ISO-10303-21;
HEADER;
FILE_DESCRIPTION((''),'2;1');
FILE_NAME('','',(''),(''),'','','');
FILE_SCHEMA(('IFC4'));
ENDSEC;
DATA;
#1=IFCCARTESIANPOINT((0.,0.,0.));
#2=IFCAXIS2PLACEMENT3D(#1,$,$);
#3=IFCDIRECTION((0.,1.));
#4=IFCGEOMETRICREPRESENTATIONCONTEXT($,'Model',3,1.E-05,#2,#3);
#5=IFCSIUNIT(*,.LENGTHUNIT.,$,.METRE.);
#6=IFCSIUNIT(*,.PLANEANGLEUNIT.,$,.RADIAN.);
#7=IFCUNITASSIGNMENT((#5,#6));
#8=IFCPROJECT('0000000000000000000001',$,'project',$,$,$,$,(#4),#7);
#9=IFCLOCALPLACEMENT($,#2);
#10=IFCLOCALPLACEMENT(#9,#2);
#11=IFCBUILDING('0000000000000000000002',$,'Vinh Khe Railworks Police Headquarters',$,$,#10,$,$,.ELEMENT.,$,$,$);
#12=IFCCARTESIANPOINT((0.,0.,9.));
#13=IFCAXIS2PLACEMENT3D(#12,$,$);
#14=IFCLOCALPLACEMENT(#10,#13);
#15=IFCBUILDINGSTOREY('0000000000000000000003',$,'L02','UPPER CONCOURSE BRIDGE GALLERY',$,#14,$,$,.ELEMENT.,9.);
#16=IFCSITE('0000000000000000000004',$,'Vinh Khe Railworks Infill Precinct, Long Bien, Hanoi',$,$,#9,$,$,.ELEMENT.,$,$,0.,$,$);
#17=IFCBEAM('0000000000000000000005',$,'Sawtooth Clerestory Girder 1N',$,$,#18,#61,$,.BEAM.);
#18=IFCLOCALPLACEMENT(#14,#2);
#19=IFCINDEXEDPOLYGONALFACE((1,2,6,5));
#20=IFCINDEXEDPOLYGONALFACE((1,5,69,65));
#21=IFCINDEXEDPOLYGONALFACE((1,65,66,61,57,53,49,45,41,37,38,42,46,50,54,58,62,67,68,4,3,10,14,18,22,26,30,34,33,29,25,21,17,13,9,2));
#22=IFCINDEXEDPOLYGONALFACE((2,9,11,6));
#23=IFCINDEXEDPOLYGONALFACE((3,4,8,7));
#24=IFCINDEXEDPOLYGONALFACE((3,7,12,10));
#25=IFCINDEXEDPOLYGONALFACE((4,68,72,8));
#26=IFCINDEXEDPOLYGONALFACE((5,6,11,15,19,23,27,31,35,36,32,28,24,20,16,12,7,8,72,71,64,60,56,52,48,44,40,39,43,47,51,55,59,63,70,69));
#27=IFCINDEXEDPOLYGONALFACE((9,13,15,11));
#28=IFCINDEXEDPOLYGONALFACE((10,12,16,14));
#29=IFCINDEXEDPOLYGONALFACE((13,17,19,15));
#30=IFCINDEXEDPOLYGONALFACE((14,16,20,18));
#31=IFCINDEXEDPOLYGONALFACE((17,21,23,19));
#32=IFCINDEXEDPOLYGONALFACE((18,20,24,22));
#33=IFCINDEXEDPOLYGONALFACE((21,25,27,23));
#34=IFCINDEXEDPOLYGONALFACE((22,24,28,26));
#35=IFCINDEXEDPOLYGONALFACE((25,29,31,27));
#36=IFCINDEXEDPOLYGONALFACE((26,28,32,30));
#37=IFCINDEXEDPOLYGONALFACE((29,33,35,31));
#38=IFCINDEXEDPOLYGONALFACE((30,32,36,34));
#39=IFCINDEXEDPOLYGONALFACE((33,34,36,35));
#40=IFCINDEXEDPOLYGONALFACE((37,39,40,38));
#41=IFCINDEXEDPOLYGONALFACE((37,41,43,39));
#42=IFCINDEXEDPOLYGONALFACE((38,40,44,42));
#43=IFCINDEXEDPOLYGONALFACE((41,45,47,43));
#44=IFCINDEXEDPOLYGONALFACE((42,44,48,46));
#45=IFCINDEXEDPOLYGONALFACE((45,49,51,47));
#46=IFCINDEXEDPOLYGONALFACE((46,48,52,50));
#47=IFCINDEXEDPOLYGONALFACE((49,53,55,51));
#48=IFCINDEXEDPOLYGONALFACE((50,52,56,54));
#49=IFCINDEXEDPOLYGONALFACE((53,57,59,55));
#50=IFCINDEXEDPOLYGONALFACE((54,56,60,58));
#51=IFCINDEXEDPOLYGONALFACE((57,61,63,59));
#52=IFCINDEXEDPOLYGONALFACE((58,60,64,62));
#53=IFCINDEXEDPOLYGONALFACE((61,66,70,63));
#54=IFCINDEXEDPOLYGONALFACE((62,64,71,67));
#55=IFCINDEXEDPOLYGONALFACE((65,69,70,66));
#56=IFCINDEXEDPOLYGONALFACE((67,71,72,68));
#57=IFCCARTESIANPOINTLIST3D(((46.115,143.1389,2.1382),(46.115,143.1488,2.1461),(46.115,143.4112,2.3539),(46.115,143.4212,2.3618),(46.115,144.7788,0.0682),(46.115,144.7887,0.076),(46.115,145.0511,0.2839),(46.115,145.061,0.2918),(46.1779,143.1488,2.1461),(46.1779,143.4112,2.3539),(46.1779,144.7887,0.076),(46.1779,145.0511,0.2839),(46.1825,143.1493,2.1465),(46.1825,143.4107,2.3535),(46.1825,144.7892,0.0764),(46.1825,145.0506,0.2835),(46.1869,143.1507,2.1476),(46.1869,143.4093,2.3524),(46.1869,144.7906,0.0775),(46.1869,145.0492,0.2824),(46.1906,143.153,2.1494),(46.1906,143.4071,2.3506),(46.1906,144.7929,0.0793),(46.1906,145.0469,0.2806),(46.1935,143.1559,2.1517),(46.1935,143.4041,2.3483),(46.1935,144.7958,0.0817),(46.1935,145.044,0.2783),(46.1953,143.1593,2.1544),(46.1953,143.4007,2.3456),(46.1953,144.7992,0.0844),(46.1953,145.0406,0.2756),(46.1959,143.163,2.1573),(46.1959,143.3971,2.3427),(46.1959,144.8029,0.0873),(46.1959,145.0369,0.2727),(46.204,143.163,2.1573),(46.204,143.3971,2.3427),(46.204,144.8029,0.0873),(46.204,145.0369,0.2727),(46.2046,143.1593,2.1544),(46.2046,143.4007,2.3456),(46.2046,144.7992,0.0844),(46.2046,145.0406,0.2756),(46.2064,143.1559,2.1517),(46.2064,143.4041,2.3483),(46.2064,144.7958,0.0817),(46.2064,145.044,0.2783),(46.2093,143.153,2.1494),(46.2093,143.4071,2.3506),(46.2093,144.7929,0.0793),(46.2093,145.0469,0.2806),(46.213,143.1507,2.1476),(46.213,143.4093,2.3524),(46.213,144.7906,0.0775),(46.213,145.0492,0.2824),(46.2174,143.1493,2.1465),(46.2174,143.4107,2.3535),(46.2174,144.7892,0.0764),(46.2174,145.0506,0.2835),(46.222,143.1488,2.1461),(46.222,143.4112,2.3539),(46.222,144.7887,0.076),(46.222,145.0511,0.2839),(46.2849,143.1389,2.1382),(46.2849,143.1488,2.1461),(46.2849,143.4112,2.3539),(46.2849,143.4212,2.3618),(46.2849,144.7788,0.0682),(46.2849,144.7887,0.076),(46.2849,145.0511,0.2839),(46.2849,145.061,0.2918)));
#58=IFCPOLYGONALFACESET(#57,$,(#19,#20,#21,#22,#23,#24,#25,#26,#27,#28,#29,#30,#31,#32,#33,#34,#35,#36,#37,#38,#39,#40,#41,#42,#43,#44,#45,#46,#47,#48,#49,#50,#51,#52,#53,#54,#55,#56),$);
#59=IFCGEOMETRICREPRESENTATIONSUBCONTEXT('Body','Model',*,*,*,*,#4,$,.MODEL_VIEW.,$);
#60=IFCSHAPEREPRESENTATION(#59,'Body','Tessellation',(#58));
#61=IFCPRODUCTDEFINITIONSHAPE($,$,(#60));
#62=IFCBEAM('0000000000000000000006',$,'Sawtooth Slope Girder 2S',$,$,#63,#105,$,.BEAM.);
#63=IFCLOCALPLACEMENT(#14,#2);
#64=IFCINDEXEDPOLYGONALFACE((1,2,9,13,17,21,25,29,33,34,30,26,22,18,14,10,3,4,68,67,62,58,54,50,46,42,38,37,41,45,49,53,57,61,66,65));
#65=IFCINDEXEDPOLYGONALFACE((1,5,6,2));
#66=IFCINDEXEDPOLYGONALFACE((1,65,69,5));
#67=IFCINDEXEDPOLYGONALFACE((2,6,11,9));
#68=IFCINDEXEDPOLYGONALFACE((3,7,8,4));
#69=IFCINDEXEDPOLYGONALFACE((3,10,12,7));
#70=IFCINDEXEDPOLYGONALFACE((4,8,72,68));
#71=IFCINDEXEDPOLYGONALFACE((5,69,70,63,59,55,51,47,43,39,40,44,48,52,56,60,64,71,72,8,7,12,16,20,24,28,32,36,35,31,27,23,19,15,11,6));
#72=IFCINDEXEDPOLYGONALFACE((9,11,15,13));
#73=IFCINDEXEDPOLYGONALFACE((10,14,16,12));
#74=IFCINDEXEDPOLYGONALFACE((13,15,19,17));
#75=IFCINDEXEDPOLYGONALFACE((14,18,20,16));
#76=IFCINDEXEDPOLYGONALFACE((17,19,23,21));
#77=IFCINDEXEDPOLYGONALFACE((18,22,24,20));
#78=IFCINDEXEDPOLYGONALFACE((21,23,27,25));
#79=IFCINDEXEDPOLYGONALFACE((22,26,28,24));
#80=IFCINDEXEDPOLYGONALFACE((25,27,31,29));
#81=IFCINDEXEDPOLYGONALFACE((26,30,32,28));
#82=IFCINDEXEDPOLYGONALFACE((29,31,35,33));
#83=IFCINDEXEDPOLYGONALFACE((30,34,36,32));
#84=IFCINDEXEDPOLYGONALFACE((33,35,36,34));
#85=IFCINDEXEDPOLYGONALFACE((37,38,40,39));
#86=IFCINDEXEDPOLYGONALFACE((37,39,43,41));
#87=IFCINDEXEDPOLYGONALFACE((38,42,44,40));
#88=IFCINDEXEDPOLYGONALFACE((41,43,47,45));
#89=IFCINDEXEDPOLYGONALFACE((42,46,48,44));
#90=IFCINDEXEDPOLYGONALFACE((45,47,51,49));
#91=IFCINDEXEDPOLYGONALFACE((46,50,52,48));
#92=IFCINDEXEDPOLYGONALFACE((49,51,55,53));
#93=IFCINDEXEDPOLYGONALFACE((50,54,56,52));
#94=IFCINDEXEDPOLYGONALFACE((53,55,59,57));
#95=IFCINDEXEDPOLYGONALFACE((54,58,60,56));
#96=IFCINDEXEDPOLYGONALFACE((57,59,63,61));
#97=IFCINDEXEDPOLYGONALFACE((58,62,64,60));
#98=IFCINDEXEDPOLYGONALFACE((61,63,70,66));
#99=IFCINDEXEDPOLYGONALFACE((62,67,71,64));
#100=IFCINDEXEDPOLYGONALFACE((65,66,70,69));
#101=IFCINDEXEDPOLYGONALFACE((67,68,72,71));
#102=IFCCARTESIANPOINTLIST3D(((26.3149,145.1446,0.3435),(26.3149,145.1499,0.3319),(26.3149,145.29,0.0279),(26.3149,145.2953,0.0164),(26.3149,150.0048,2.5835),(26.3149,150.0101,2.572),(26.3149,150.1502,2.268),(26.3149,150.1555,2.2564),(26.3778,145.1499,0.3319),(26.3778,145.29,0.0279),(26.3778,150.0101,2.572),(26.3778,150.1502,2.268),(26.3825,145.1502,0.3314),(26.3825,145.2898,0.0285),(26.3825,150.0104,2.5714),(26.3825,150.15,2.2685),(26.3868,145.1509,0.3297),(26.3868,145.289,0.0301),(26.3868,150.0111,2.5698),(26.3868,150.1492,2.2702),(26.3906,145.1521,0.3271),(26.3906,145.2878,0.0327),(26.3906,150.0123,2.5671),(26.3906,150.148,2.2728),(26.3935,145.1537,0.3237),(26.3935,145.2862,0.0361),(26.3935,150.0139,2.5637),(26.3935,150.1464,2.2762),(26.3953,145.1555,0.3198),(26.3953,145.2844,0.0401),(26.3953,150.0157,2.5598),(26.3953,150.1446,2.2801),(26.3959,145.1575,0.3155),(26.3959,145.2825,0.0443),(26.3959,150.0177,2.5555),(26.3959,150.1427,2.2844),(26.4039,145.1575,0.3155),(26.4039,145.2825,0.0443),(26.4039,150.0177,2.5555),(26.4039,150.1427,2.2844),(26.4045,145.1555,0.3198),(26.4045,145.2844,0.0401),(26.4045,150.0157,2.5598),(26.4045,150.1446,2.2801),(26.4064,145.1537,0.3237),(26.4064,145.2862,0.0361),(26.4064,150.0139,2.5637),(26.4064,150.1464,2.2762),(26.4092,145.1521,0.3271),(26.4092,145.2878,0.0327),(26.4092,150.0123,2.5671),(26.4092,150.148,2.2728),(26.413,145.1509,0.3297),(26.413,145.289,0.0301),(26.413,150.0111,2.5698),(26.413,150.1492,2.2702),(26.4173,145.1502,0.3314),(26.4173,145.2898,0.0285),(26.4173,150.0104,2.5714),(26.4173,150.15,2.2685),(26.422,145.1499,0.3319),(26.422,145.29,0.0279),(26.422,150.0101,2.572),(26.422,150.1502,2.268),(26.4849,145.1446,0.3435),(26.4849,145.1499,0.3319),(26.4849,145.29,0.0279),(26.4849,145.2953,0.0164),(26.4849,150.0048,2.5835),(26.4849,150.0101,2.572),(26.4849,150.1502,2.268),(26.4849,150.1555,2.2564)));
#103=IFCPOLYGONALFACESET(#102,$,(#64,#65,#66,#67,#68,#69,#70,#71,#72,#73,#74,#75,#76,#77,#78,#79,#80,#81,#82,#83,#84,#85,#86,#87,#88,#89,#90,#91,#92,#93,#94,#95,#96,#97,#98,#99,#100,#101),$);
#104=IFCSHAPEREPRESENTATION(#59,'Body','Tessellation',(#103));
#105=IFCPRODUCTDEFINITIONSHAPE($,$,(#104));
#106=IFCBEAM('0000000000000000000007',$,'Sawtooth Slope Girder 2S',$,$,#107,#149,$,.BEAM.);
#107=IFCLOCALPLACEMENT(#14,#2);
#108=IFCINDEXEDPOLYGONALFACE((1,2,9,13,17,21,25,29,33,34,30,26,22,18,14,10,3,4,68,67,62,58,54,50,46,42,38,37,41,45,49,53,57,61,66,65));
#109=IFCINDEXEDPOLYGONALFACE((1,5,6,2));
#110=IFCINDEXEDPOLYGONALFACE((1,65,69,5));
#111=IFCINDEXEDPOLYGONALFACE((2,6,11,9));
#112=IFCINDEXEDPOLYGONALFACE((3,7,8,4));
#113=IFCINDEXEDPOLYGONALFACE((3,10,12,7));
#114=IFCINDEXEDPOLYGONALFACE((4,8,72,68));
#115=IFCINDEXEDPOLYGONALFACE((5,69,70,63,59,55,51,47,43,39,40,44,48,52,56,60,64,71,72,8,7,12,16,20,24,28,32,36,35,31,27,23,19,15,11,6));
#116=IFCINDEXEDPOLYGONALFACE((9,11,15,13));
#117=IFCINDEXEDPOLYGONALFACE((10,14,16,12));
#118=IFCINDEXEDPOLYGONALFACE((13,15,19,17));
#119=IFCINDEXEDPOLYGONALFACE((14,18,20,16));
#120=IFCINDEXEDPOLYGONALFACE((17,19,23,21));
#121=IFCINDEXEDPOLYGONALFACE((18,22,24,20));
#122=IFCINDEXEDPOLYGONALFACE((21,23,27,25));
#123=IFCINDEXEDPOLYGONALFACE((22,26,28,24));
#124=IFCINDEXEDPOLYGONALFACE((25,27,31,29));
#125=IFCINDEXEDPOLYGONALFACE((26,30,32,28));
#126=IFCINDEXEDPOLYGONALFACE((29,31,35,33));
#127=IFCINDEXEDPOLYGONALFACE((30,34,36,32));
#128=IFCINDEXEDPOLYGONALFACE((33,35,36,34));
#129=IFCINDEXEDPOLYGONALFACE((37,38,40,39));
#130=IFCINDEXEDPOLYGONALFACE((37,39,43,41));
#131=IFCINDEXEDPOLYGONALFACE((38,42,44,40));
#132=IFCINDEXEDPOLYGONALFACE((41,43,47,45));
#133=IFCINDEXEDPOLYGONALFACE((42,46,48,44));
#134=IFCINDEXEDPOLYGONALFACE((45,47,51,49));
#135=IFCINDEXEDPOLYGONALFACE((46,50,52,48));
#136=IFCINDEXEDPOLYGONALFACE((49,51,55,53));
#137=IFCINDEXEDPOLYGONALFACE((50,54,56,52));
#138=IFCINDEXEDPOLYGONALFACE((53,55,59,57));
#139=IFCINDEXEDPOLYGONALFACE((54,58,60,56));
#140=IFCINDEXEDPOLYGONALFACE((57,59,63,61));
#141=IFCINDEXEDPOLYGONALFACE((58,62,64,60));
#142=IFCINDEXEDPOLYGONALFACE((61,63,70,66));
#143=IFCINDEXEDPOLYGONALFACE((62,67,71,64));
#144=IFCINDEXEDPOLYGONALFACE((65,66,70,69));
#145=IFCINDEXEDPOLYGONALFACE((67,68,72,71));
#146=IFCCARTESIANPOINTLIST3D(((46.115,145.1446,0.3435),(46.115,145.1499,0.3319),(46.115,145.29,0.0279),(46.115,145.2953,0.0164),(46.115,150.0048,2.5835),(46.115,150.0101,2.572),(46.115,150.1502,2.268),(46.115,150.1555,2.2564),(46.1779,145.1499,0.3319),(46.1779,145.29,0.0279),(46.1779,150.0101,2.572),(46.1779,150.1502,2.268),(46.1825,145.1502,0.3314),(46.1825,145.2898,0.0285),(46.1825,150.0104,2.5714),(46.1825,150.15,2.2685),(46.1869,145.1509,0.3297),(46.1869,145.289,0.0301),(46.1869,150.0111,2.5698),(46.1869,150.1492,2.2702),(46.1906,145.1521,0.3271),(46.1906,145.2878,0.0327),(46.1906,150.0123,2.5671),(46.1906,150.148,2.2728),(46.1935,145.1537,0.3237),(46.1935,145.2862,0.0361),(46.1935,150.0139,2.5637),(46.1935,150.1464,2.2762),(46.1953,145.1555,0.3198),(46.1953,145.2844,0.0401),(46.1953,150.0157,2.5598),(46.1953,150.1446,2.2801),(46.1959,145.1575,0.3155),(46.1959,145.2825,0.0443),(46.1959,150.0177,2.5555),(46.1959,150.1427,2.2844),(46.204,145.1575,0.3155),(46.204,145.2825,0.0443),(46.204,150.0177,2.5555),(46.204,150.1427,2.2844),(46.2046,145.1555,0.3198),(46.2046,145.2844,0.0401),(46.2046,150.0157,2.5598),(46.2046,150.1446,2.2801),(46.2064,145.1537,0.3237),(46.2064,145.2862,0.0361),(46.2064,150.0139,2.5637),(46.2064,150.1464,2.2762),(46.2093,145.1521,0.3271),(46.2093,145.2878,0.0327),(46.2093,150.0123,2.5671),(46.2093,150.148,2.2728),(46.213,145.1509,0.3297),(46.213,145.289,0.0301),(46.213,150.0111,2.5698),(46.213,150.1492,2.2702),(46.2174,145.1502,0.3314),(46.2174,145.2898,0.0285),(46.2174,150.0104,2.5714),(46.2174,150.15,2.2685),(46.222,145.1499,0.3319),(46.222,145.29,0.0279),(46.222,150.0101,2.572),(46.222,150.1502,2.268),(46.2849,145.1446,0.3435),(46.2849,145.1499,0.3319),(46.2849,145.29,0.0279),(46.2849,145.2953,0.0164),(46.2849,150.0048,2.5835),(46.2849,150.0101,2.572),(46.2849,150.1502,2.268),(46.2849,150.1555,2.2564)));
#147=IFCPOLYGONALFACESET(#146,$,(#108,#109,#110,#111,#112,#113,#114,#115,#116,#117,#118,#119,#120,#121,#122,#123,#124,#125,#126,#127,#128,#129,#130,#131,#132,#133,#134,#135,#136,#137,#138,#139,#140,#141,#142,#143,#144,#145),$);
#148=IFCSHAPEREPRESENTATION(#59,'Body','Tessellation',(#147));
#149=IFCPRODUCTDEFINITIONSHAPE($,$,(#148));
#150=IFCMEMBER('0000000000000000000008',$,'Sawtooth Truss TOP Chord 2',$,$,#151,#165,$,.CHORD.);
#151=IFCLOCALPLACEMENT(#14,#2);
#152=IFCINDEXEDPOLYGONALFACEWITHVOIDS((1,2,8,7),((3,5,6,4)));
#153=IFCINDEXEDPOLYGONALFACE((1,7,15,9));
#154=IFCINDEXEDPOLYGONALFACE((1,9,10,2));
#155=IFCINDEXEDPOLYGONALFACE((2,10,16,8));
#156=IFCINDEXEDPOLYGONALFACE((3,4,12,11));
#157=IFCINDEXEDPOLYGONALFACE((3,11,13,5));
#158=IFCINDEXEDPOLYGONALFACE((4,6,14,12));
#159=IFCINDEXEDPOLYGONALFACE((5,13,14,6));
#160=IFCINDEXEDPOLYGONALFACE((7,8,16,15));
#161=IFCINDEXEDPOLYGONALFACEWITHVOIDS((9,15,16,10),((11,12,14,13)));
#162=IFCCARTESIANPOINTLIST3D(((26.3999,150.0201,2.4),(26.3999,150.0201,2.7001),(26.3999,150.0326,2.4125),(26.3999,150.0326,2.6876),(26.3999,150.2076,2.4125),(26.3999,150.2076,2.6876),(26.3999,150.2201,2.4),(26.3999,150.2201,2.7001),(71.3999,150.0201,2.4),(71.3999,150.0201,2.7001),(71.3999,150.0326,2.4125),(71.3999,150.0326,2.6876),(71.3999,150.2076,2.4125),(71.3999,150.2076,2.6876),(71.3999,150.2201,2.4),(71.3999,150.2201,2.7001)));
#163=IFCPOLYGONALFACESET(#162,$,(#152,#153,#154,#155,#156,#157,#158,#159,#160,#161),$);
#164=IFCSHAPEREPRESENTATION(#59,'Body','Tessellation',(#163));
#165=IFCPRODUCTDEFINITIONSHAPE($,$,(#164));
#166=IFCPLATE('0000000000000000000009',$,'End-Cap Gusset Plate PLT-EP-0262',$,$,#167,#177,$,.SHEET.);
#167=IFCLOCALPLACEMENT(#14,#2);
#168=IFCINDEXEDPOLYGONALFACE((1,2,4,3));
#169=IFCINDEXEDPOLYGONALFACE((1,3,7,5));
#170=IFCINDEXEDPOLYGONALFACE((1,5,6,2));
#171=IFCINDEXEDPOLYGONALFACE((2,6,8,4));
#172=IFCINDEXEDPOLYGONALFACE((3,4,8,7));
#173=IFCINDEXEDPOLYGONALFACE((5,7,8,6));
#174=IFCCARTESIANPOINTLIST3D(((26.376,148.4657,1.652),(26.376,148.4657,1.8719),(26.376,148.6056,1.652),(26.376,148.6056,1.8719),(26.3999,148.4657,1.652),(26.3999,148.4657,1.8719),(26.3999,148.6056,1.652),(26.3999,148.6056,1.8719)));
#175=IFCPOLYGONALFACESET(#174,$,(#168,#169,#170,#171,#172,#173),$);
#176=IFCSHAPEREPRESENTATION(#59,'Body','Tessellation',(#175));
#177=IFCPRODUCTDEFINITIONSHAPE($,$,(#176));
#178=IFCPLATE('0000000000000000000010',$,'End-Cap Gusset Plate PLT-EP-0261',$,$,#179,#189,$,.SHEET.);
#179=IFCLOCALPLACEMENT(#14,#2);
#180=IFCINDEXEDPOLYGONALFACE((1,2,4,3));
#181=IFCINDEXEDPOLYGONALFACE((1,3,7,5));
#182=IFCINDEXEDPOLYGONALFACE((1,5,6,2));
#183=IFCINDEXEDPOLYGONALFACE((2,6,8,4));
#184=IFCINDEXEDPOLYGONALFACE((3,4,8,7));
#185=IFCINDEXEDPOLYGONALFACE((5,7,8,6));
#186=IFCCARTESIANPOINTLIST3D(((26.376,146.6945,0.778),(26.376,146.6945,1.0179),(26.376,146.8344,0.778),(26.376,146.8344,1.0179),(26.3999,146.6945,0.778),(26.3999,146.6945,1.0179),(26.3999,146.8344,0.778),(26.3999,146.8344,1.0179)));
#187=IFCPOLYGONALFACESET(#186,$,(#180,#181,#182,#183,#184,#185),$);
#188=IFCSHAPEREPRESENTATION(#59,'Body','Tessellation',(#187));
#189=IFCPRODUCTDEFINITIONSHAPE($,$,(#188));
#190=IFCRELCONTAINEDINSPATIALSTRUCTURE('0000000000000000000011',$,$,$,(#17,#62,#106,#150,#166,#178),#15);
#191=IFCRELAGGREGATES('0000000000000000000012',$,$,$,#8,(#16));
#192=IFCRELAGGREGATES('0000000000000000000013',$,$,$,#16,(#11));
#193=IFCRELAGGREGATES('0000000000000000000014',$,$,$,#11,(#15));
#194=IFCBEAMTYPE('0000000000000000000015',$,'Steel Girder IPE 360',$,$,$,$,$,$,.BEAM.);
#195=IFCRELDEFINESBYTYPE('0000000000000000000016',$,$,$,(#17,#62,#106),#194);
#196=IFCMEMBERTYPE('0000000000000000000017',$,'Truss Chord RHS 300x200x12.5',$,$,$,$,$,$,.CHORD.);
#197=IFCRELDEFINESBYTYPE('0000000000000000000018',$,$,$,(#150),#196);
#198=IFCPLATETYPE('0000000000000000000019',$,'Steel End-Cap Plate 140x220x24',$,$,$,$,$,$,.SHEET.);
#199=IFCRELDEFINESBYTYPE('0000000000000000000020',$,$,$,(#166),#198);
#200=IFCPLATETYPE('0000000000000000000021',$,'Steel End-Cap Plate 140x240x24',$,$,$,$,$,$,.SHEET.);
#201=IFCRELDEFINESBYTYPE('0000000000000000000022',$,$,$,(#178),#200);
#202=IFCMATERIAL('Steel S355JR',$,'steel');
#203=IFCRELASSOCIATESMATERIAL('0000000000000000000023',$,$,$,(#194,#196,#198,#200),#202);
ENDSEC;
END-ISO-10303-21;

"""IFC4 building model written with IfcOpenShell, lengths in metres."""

from ifc_helpers import new_model, si_unit, direction, frame, origin, origin_2d, place, context, subcontext, project, spatial, rectangle, hollow_rectangle, i_section, extrude, material, material_profile, profile_set, type_object, element, save


model = new_model("IFC4")

# Units and contexts
model_context = context("Model", 3, precision=1e-05, world=origin(), true_north=direction((0.0, 1.0)))
body_context = subcontext(model_context, "Body", "Model", "MODEL_VIEW")
ifc_project = project(units=[si_unit("LENGTHUNIT", "METRE"), si_unit("PLANEANGLEUNIT", "RADIAN")], contexts=[model_context])

# Site, building, storey
site_placement = place(None, origin())
site = spatial("IfcSite", under=ifc_project, at=site_placement, Name="Vinh Khe Railworks Infill Precinct, Long Bien, Hanoi", CompositionType="ELEMENT", RefElevation=0.0)
building_placement = place(site_placement, origin())
building = spatial("IfcBuilding", under=site, at=building_placement, Name="Vinh Khe Railworks Police Headquarters", CompositionType="ELEMENT")
storey_placement = place(building_placement, frame((0.0, 0.0, 9.0)))
storey = spatial("IfcBuildingStorey", under=building, at=storey_placement, Name="L02", Description="UPPER CONCOURSE BRIDGE GALLERY", CompositionType="ELEMENT", Elevation=9.0)

# Shared definitions
ifc_material = material(Name="Steel S355JR", Category="steel")

# Beams
ifc_material_profile_1 = material_profile(ifc_material, i_section(OverallWidth=0.1699, OverallDepth=0.3601, WebThickness=0.0081, FlangeThickness=0.0127, FilletRadius=0.0181, at=origin_2d()), Name="IPE 360")
ifc_profile_set_1 = profile_set([ifc_material_profile_1], Name="Steel S355JR")
beam_type_1 = type_object("IfcBeamType", Name="Steel Girder IPE 360", PredefinedType="BEAM", material=ifc_profile_set_1)
beam_1_placement = place(storey_placement, frame((46.2, 143.28, 2.25), z_axis=(0.0, 0.620956, -0.783845), x_axis=(-1.0, 0.0, 0.0)))
element("IfcBeam", 1, at=beam_1_placement, inside=storey, type_object=beam_type_1, Name="Sawtooth Clerestory Girder 1N", PredefinedType="BEAM", context=body_context, shape_type="SweptSolid", body=[
    extrude(i_section(OverallWidth=0.1699, OverallDepth=0.3601, WebThickness=0.0081, FlangeThickness=0.0127, FilletRadius=0.0181, at=origin_2d()), origin(), (0.0, 0.0, 1.0), 2.6409),
])
for number, where, z_axis, x_axis, name in (
    (2, (26.3999, 145.22, 0.1799), (0.0, 0.908182, 0.418575), (-1.0, 0.0, 0.0), "Sawtooth Slope Girder 2S"),
    (3, (46.2, 145.22, 0.1799), (0.0, 0.908182, 0.418575), (-1.0, 0.0, 0.0), "Sawtooth Slope Girder 2S"),
):
    element("IfcBeam", number, at=place(storey_placement, frame(where, z_axis=z_axis, x_axis=x_axis)), inside=storey, type_object=beam_type_1, Name=name, PredefinedType="BEAM", context=body_context, shape_type="SweptSolid", body=[
        extrude(i_section(OverallWidth=0.1699, OverallDepth=0.3601, WebThickness=0.0081, FlangeThickness=0.0127, FilletRadius=0.0181, at=origin_2d()), origin(), (0.0, 0.0, 1.0), 5.3516),
    ])

# Member
ifc_material_profile_2 = material_profile(ifc_material, hollow_rectangle(XDim=0.2, YDim=0.3, WallThickness=0.0125, at=origin_2d()), Name="RHS 300x200x12.5")
ifc_profile_set_2 = profile_set([ifc_material_profile_2], Name="Steel S355JR")
member_type_1 = type_object("IfcMemberType", Name="Truss Chord RHS 300x200x12.5", PredefinedType="CHORD", material=ifc_profile_set_2)
member_1_placement = place(storey_placement, frame((26.3999, 150.1201, 2.55), z_axis=(1.0, 0.0, 0.0), x_axis=(0.0, 1.0, 0.0)))
element("IfcMember", 4, at=member_1_placement, inside=storey, type_object=member_type_1, Name="Sawtooth Truss TOP Chord 2", PredefinedType="CHORD", context=body_context, shape_type="SweptSolid", body=[
    extrude(hollow_rectangle(XDim=0.2, YDim=0.3, WallThickness=0.0125, at=origin_2d()), origin(), (0.0, 0.0, 1.0), 45.0),
])

# Plates
ifc_material_profile_3 = material_profile(ifc_material, rectangle(XDim=0.1399, YDim=0.22, at=origin_2d()), Name="PL 140x220")
ifc_profile_set_3 = profile_set([ifc_material_profile_3], Name="Steel S355JR")
plate_type_1 = type_object("IfcPlateType", Name="Steel End-Cap Plate 140x220x24", PredefinedType="SHEET", material=ifc_profile_set_3)
plate_1_placement = place(storey_placement, frame((26.3999, 148.5356, 1.762), z_axis=(-1.0, 0.0, 0.0), x_axis=(0.0, -1.0, 0.0)))
element("IfcPlate", 5, at=plate_1_placement, inside=storey, type_object=plate_type_1, Name="End-Cap Gusset Plate PLT-EP-0262", PredefinedType="SHEET", context=body_context, shape_type="SweptSolid", body=[
    extrude(rectangle(XDim=0.1399, YDim=0.22, at=origin_2d()), origin(), (0.0, 0.0, 1.0), 0.0239),
])
ifc_material_profile_4 = material_profile(ifc_material, rectangle(XDim=0.1399, YDim=0.24, at=origin_2d()), Name="PL 140x240")
ifc_profile_set_4 = profile_set([ifc_material_profile_4], Name="Steel S355JR")
plate_type_2 = type_object("IfcPlateType", Name="Steel End-Cap Plate 140x240x24", PredefinedType="SHEET", material=ifc_profile_set_4)
plate_2_placement = place(storey_placement, frame((26.3999, 146.7644, 0.8979), z_axis=(-1.0, 0.0, 0.0), x_axis=(0.0, -1.0, 0.0)))
element("IfcPlate", 6, at=plate_2_placement, inside=storey, type_object=plate_type_2, Name="End-Cap Gusset Plate PLT-EP-0261", PredefinedType="SHEET", context=body_context, shape_type="SweptSolid", body=[
    extrude(rectangle(XDim=0.1399, YDim=0.24, at=origin_2d()), origin(), (0.0, 0.0, 1.0), 0.0239),
])

save(model, "model.ifc")
